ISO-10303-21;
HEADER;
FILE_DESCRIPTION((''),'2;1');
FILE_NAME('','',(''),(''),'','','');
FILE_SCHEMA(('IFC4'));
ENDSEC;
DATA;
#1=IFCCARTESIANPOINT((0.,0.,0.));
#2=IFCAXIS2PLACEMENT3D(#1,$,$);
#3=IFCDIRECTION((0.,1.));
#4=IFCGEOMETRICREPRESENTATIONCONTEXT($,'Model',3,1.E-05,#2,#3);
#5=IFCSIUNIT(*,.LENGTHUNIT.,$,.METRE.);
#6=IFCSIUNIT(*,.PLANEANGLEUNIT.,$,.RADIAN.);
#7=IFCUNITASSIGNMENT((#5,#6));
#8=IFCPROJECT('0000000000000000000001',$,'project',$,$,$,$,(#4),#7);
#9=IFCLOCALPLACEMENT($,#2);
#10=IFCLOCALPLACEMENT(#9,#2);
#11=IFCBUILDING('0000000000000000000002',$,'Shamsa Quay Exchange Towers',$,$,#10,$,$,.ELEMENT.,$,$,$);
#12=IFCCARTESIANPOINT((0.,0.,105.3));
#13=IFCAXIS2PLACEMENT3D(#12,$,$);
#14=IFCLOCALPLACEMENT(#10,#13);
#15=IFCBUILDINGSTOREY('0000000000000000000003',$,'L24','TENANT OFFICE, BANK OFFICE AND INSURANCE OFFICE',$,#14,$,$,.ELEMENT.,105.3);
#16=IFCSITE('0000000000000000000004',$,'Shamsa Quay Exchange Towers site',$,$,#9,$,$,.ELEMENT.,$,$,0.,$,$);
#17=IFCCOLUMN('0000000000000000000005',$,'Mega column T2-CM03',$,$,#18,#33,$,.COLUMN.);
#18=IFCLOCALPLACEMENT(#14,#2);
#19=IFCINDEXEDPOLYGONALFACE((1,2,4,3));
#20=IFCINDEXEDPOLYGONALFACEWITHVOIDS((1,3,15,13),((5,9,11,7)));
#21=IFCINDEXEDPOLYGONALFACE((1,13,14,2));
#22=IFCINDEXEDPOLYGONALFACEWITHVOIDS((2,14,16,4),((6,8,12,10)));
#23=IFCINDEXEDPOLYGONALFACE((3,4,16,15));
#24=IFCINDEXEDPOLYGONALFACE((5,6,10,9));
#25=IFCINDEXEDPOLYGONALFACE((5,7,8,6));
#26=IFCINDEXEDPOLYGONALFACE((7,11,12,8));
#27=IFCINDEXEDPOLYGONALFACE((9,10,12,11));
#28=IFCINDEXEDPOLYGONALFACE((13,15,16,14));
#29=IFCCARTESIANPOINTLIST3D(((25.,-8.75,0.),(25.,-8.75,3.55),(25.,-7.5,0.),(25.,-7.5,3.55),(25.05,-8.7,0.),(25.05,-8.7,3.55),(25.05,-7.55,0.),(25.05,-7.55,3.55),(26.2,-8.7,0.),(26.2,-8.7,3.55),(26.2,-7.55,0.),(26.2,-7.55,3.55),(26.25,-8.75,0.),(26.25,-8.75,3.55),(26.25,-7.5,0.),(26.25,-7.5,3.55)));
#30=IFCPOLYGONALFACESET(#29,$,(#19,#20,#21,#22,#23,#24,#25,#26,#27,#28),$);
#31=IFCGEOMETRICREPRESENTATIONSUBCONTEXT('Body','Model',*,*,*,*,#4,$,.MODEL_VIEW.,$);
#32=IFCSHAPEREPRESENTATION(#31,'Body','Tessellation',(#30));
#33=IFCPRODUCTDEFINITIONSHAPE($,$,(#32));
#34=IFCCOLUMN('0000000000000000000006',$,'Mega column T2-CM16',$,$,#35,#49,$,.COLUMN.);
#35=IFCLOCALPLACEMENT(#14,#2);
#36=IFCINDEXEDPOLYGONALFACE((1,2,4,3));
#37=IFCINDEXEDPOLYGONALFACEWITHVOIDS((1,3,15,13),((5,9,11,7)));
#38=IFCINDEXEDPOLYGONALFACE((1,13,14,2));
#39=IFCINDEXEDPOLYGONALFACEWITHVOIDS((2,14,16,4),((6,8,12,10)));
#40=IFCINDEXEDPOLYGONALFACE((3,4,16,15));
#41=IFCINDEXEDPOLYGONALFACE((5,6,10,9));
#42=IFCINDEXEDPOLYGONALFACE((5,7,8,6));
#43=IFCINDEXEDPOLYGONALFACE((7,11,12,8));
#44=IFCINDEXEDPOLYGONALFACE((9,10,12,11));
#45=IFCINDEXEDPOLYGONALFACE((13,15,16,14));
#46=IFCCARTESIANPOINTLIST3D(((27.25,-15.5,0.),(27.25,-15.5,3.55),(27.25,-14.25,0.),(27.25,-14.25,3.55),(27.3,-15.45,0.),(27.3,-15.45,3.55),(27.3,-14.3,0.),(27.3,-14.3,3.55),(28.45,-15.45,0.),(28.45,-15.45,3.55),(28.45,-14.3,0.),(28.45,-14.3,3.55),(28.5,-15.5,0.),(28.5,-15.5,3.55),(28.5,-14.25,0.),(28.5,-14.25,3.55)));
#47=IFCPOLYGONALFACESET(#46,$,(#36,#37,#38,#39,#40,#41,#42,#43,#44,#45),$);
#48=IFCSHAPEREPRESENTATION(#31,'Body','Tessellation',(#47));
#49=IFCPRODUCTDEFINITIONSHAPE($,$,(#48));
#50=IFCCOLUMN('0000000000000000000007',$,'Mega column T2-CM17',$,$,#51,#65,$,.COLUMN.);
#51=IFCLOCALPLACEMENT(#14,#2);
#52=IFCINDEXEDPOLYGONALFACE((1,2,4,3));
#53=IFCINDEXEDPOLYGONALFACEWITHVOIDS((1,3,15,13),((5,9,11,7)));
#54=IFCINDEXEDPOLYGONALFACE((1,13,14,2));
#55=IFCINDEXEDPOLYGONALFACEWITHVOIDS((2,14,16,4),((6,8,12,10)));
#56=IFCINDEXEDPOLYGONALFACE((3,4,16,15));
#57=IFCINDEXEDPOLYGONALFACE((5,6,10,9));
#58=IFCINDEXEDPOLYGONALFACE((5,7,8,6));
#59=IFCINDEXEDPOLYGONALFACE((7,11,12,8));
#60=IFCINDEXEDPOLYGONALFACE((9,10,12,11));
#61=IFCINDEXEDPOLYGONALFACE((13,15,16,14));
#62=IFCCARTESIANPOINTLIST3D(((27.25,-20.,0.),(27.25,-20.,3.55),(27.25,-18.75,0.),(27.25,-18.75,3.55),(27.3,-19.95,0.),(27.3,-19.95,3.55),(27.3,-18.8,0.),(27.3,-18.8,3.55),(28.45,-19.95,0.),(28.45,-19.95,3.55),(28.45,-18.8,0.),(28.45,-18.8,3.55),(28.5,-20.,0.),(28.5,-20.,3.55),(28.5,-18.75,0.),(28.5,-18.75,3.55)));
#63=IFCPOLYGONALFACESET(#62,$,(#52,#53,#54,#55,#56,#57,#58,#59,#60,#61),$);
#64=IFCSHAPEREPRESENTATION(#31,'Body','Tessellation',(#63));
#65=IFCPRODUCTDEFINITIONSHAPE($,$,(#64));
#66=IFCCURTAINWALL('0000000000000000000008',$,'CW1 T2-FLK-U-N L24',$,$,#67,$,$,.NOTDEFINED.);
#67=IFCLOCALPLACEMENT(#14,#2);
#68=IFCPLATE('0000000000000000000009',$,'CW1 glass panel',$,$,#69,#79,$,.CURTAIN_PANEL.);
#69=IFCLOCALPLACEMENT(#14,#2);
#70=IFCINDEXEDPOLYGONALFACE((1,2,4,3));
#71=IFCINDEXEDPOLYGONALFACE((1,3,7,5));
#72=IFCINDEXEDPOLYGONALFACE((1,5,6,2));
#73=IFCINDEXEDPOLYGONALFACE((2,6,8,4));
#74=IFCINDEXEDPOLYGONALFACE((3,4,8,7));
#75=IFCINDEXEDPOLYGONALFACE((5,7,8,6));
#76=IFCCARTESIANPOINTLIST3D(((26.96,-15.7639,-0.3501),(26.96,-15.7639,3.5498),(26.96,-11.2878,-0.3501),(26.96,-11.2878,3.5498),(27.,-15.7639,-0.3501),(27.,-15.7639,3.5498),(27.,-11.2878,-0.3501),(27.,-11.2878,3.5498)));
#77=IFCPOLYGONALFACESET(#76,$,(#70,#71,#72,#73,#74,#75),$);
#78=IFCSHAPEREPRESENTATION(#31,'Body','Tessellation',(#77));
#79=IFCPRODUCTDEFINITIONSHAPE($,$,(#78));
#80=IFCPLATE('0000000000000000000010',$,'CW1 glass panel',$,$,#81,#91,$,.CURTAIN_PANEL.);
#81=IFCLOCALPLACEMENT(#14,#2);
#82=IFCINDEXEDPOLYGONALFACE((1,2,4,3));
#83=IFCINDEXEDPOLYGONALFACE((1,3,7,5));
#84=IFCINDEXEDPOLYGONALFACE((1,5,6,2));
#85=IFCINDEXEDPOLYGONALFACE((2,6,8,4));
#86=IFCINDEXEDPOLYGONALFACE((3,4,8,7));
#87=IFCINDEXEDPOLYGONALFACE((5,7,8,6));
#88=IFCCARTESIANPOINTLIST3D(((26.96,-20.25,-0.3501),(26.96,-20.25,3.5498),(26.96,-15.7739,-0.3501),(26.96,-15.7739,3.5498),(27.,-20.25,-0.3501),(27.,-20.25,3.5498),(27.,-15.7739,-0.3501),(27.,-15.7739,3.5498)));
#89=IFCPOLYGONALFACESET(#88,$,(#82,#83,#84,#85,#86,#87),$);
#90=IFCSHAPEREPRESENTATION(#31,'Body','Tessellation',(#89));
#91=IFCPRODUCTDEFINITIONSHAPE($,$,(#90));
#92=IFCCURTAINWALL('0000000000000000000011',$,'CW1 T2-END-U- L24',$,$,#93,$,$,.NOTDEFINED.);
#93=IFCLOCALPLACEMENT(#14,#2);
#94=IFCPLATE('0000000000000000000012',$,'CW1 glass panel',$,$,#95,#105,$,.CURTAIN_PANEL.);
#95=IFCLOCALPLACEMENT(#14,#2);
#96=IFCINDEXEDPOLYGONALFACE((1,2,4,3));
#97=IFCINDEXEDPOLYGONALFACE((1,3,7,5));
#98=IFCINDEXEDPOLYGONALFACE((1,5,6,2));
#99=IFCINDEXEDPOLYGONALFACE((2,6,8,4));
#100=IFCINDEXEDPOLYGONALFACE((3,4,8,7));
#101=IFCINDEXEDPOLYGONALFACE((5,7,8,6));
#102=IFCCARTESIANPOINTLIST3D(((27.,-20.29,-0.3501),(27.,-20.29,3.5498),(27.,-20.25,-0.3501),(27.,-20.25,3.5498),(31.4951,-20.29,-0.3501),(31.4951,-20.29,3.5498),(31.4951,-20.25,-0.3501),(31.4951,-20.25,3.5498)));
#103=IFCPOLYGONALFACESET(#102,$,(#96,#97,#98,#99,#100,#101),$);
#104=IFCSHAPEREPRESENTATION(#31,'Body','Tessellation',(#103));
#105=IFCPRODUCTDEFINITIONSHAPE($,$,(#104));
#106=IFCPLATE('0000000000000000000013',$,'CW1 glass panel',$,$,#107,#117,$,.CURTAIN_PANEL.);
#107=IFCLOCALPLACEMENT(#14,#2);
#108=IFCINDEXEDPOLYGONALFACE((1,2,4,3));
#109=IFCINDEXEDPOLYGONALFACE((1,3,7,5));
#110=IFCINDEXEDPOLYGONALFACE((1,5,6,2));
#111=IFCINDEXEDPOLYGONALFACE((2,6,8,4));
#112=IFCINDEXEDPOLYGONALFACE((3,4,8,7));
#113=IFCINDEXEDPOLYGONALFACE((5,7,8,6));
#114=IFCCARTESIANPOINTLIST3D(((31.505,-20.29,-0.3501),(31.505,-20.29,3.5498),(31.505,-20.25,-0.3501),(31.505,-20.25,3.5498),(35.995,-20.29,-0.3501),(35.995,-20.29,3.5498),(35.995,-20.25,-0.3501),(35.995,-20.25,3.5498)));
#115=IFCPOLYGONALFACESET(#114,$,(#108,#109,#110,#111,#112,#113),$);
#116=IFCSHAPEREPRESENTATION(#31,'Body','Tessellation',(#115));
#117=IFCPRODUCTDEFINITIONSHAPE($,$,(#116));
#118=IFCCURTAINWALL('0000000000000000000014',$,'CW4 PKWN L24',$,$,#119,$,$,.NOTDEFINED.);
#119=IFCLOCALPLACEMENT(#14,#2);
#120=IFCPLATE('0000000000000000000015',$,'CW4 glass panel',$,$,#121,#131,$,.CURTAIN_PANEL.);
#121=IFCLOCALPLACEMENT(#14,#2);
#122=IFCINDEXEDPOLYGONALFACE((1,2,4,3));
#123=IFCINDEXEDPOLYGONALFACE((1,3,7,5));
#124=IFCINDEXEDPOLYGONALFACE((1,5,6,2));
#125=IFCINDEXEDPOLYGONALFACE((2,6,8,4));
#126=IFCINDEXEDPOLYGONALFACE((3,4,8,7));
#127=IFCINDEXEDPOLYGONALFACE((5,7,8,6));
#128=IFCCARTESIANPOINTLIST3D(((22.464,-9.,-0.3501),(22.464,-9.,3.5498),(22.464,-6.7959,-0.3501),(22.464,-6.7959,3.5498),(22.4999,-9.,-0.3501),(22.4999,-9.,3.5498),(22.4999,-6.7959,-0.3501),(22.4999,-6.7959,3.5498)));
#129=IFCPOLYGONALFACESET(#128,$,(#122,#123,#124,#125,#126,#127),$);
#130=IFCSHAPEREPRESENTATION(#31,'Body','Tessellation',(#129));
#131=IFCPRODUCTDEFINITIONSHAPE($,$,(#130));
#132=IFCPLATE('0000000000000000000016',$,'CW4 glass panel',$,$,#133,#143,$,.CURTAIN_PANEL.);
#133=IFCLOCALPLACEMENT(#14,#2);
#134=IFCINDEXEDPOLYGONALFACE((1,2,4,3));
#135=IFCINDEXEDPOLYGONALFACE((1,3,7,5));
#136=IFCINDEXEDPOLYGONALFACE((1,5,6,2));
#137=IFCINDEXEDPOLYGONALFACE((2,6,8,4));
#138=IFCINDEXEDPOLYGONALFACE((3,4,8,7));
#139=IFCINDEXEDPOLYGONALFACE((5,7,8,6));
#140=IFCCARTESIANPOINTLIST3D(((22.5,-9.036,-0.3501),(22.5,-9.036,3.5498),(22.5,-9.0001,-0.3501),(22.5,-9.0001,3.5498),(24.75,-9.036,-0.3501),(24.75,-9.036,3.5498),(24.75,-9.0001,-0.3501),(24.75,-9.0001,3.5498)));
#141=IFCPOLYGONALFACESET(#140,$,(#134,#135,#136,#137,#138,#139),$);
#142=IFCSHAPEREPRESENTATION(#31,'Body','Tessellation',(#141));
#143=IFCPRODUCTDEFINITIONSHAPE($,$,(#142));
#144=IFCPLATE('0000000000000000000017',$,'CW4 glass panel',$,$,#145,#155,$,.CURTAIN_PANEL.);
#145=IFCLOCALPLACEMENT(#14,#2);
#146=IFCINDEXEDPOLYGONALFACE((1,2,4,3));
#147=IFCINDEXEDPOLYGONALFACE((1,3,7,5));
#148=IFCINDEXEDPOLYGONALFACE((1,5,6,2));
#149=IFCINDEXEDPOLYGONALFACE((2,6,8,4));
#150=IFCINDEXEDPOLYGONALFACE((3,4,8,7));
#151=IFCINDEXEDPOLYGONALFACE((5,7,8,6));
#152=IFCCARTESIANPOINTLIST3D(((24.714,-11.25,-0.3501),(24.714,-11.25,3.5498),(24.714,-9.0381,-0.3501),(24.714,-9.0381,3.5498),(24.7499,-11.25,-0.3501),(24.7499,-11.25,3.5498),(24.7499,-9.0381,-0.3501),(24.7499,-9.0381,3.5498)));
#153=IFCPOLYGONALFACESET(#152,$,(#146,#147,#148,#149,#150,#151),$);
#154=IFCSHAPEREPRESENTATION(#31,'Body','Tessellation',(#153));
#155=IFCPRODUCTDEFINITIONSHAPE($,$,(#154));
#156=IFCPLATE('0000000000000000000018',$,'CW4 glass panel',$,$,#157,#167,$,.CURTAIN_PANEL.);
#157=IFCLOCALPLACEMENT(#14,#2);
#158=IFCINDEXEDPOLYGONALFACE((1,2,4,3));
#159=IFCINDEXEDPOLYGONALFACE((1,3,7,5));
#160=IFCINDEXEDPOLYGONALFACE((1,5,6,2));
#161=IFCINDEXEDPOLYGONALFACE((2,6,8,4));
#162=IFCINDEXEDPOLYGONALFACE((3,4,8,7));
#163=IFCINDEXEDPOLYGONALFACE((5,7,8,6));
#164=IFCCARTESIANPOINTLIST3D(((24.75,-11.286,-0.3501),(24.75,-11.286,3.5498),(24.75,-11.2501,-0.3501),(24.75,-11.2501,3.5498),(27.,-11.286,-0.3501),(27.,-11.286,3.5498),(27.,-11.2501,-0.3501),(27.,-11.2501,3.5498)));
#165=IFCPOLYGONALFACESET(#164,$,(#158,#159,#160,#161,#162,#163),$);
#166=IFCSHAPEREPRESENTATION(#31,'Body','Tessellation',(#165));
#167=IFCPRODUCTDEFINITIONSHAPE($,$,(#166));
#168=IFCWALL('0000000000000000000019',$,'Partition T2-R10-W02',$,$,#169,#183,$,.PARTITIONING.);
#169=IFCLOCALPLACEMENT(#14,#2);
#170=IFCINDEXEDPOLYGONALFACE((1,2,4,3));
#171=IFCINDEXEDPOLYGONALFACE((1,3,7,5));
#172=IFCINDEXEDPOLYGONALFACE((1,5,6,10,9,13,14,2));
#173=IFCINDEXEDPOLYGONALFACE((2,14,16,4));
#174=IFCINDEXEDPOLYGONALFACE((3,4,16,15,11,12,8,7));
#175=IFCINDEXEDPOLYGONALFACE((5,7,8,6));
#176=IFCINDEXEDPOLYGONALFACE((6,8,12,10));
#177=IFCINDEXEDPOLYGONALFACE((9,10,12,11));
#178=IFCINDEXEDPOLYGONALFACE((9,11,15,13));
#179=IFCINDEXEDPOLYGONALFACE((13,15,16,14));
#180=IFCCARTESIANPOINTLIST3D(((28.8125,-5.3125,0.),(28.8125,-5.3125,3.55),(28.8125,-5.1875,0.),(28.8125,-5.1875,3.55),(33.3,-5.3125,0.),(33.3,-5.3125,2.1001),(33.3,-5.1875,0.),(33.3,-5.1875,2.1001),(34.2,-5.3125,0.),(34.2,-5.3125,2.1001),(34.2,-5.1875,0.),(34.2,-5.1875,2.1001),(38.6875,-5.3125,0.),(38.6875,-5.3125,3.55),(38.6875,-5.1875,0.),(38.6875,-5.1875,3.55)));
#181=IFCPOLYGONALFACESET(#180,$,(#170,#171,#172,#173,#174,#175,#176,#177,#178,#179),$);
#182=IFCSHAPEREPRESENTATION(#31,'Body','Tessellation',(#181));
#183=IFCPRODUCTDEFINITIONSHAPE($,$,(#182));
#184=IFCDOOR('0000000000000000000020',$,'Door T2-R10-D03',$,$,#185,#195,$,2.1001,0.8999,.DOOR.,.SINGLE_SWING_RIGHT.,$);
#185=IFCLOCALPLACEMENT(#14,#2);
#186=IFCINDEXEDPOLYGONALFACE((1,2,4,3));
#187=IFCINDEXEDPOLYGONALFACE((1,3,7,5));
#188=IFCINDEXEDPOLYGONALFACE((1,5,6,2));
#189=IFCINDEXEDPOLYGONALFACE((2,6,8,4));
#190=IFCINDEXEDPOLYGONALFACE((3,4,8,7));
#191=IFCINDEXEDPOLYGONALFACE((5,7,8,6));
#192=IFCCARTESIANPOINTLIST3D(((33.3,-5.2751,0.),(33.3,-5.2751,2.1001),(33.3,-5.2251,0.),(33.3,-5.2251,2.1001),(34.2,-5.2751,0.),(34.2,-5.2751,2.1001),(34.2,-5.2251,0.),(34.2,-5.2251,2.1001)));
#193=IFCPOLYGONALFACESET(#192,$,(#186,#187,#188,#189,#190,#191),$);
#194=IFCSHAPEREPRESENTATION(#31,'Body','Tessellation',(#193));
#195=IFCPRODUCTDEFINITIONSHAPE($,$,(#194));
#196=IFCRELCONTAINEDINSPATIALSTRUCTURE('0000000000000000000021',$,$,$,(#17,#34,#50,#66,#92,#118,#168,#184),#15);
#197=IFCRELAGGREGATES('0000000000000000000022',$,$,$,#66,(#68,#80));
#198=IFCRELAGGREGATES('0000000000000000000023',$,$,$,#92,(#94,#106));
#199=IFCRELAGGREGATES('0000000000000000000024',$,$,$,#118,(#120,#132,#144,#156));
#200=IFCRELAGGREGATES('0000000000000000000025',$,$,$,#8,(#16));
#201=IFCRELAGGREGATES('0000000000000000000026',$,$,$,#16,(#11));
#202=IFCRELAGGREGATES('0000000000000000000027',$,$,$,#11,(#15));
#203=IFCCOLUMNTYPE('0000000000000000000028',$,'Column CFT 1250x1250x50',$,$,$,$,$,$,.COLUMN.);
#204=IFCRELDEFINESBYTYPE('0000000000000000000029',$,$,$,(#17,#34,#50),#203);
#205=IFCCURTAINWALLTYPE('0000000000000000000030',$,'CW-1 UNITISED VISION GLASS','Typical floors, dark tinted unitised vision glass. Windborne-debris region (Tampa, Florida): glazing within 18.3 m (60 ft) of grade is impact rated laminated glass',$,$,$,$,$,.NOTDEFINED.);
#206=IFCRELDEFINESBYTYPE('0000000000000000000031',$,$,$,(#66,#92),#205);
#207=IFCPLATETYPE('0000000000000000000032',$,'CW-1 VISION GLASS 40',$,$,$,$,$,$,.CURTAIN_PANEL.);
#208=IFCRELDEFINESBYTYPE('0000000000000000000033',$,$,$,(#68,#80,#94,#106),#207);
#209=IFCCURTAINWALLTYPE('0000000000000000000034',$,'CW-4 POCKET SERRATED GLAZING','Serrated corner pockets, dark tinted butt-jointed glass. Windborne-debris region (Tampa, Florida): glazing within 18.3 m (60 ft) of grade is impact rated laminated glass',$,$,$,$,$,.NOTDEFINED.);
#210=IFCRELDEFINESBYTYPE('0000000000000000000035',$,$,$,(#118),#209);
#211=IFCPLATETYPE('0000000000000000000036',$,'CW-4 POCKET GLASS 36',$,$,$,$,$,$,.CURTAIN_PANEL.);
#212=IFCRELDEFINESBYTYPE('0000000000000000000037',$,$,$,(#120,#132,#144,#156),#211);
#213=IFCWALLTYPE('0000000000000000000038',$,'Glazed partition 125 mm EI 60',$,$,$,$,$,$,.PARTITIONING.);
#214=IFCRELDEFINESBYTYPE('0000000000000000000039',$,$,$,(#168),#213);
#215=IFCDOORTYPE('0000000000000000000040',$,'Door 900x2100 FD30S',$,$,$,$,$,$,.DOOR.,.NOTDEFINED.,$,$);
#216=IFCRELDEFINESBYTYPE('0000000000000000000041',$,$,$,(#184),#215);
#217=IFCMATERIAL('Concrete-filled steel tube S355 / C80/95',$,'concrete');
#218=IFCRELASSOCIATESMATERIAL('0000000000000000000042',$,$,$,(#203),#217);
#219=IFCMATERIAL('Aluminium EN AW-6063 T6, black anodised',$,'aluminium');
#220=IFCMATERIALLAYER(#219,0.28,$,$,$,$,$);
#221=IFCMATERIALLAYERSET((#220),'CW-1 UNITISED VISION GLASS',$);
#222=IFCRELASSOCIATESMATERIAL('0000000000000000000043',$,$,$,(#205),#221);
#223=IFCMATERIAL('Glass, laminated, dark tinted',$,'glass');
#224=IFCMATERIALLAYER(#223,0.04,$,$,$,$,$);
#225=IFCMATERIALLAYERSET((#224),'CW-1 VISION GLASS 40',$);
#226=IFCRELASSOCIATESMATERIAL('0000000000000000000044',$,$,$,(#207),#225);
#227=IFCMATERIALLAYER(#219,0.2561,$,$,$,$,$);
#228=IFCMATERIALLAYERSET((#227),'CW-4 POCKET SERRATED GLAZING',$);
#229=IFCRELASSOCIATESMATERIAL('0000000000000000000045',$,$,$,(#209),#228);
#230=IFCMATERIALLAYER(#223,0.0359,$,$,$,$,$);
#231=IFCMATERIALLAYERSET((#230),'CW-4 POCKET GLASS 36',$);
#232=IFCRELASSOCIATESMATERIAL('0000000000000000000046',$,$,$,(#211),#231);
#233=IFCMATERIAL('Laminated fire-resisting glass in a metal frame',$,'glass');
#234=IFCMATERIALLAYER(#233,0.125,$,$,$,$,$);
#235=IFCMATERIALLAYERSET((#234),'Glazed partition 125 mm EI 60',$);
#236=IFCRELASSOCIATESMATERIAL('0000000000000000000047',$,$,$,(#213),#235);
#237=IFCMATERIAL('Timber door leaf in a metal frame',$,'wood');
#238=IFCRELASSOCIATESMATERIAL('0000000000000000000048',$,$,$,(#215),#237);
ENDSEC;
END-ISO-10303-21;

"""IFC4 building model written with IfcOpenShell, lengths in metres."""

from ifc_helpers import new_model, si_unit, direction, frame, frame_2d, origin, origin_2d, place, context, subcontext, project, spatial, rectangle, hollow_rectangle, extrude, material, layer, layer_set, material_profile, profile_set, type_object, element, fill, aggregate, save


model = new_model("IFC4")

# Units and contexts
model_context = context("Model", 3, precision=1e-05, world=origin(), true_north=direction((0.0, 1.0)))
body_context = subcontext(model_context, "Body", "Model", "MODEL_VIEW")
ifc_project = project(units=[si_unit("LENGTHUNIT", "METRE"), si_unit("PLANEANGLEUNIT", "RADIAN")], contexts=[model_context])

# Site, building, storey
site_placement = place(None, origin())
site = spatial("IfcSite", under=ifc_project, at=site_placement, Name="Shamsa Quay Exchange Towers site", CompositionType="ELEMENT", RefElevation=0.0)
building_placement = place(site_placement, origin())
building = spatial("IfcBuilding", under=site, at=building_placement, Name="Shamsa Quay Exchange Towers", CompositionType="ELEMENT")
storey_placement = place(building_placement, frame((0.0, 0.0, 105.3)))
storey = spatial("IfcBuildingStorey", under=building, at=storey_placement, Name="L24", Description="TENANT OFFICE, BANK OFFICE AND INSURANCE OFFICE", CompositionType="ELEMENT", Elevation=105.3)

# Columns
ifc_material_1 = material(Name="Concrete-filled steel tube S355 / C80/95", Category="concrete")
ifc_material_profile_1 = material_profile(ifc_material_1, hollow_rectangle(XDim=1.25, YDim=1.25, WallThickness=0.05, at=origin_2d()), Name="CFT 1250x1250x50")
ifc_profile_set_1 = profile_set([ifc_material_profile_1], Name="Concrete-filled steel tube S355 / C80/95")
column_type = type_object("IfcColumnType", Name="Column CFT 1250x1250x50", PredefinedType="COLUMN", material=ifc_profile_set_1)
for number, where, name in (
    (1, (25.625, -8.125, 0.0), "Mega column T2-CM03"),
    (2, (27.875, -14.875, 0.0), "Mega column T2-CM16"),
    (3, (27.875, -19.375, 0.0), "Mega column T2-CM17"),
):
    element("IfcColumn", number, at=place(storey_placement, frame(where)), inside=storey, type_object=column_type, Name=name, PredefinedType="COLUMN", context=body_context, shape_type="SweptSolid", body=[
        extrude(hollow_rectangle(XDim=1.25, YDim=1.25, WallThickness=0.05, at=origin_2d()), origin(), (0.0, 0.0, 1.0), 3.55),
    ])

# Curtain walls, plates
ifc_material_2 = material(Name="Aluminium EN AW-6063 T6, black anodised", Category="aluminium")
ifc_layer_1 = layer(ifc_material_2, 0.28)
ifc_layer_set_1 = layer_set([ifc_layer_1], Name="CW-1 UNITISED VISION GLASS")
curtain_wall_type_1 = type_object("IfcCurtainWallType", Name="CW-1 UNITISED VISION GLASS", Description="Typical floors, dark tinted unitised vision glass. Windborne-debris region (Tampa, Florida): glazing within 18.3 m (60 ft) of grade is impact rated laminated glass", PredefinedType="NOTDEFINED", material=ifc_layer_set_1)
curtain_wall_1_placement = place(storey_placement, origin())
curtain_wall_1 = element("IfcCurtainWall", 4, at=curtain_wall_1_placement, inside=storey, type_object=curtain_wall_type_1, Name="CW1 T2-FLK-U-N L24", PredefinedType="NOTDEFINED")
ifc_material_3 = material(Name="Glass, laminated, dark tinted", Category="glass")
ifc_layer_2 = layer(ifc_material_3, 0.04)
ifc_layer_set_2 = layer_set([ifc_layer_2], Name="CW-1 VISION GLASS 40")
plate_type_1 = type_object("IfcPlateType", Name="CW-1 VISION GLASS 40", PredefinedType="CURTAIN_PANEL", material=ifc_layer_set_2)
plate_1_placement = place(storey_placement, frame((26.98, -13.5259, -0.3501), z_axis=(0.0, 0.0, 1.0), x_axis=(0.0, -1.0, 0.0)))
plate_1 = element("IfcPlate", 5, at=plate_1_placement, type_object=plate_type_1, Name="CW1 glass panel", PredefinedType="CURTAIN_PANEL", context=body_context, shape_type="SweptSolid", body=[
    extrude(rectangle(XDim=4.4761, YDim=0.04, at=origin_2d()), origin(), (0.0, 0.0, 1.0), 3.8999),
])
plate_2_placement = place(storey_placement, frame((26.98, -18.012, -0.3501), z_axis=(0.0, 0.0, 1.0), x_axis=(0.0, -1.0, 0.0)))
plate_2 = element("IfcPlate", 6, at=plate_2_placement, type_object=plate_type_1, Name="CW1 glass panel", PredefinedType="CURTAIN_PANEL", context=body_context, shape_type="SweptSolid", body=[
    extrude(rectangle(XDim=4.4761, YDim=0.04, at=origin_2d()), origin(), (0.0, 0.0, 1.0), 3.8999),
])
aggregate(curtain_wall_1, [plate_1, plate_2])
curtain_wall_2_placement = place(storey_placement, origin())
curtain_wall_2 = element("IfcCurtainWall", 7, at=curtain_wall_2_placement, inside=storey, type_object=curtain_wall_type_1, Name="CW1 T2-END-U- L24", PredefinedType="NOTDEFINED")
plate_3_placement = place(storey_placement, frame((29.2476, -20.27, -0.3501)))
plate_3 = element("IfcPlate", 8, at=plate_3_placement, type_object=plate_type_1, Name="CW1 glass panel", PredefinedType="CURTAIN_PANEL", context=body_context, shape_type="SweptSolid", body=[
    extrude(rectangle(XDim=4.4951, YDim=0.04, at=origin_2d()), origin(), (0.0, 0.0, 1.0), 3.8999),
])
plate_4_placement = place(storey_placement, frame((33.75, -20.27, -0.3501)))
plate_4 = element("IfcPlate", 9, at=plate_4_placement, type_object=plate_type_1, Name="CW1 glass panel", PredefinedType="CURTAIN_PANEL", context=body_context, shape_type="SweptSolid", body=[
    extrude(rectangle(XDim=4.49, YDim=0.04, at=origin_2d()), origin(), (0.0, 0.0, 1.0), 3.8999),
])
aggregate(curtain_wall_2, [plate_3, plate_4])
ifc_layer_3 = layer(ifc_material_2, 0.2561)
ifc_layer_set_3 = layer_set([ifc_layer_3], Name="CW-4 POCKET SERRATED GLAZING")
curtain_wall_type_2 = type_object("IfcCurtainWallType", Name="CW-4 POCKET SERRATED GLAZING", Description="Serrated corner pockets, dark tinted butt-jointed glass. Windborne-debris region (Tampa, Florida): glazing within 18.3 m (60 ft) of grade is impact rated laminated glass", PredefinedType="NOTDEFINED", material=ifc_layer_set_3)
curtain_wall_3_placement = place(storey_placement, origin())
curtain_wall_3 = element("IfcCurtainWall", 10, at=curtain_wall_3_placement, inside=storey, type_object=curtain_wall_type_2, Name="CW4 PKWN L24", PredefinedType="NOTDEFINED")
ifc_layer_4 = layer(ifc_material_3, 0.0359)
ifc_layer_set_4 = layer_set([ifc_layer_4], Name="CW-4 POCKET GLASS 36")
plate_type_2 = type_object("IfcPlateType", Name="CW-4 POCKET GLASS 36", PredefinedType="CURTAIN_PANEL", material=ifc_layer_set_4)
plate_5_placement = place(storey_placement, frame((22.4819, -7.8979, -0.3501), z_axis=(0.0, 0.0, 1.0), x_axis=(0.0, -1.0, 0.0)))
plate_5 = element("IfcPlate", 11, at=plate_5_placement, type_object=plate_type_2, Name="CW4 glass panel", PredefinedType="CURTAIN_PANEL", context=body_context, shape_type="SweptSolid", body=[
    extrude(rectangle(XDim=2.2041, YDim=0.0359, at=origin_2d()), origin(), (0.0, 0.0, 1.0), 3.8999),
])
plate_6_placement = place(storey_placement, frame((23.625, -9.0181, -0.3501)))
plate_6 = element("IfcPlate", 12, at=plate_6_placement, type_object=plate_type_2, Name="CW4 glass panel", PredefinedType="CURTAIN_PANEL", context=body_context, shape_type="SweptSolid", body=[
    extrude(rectangle(XDim=2.25, YDim=0.0359, at=origin_2d()), origin(), (0.0, 0.0, 1.0), 3.8999),
])
plate_7_placement = place(storey_placement, frame((24.7319, -10.144, -0.3501), z_axis=(0.0, 0.0, 1.0), x_axis=(0.0, -1.0, 0.0)))
plate_7 = element("IfcPlate", 13, at=plate_7_placement, type_object=plate_type_2, Name="CW4 glass panel", PredefinedType="CURTAIN_PANEL", context=body_context, shape_type="SweptSolid", body=[
    extrude(rectangle(XDim=2.2119, YDim=0.0359, at=origin_2d()), origin(), (0.0, 0.0, 1.0), 3.8999),
])
plate_8_placement = place(storey_placement, frame((25.875, -11.2681, -0.3501)))
plate_8 = element("IfcPlate", 14, at=plate_8_placement, type_object=plate_type_2, Name="CW4 glass panel", PredefinedType="CURTAIN_PANEL", context=body_context, shape_type="SweptSolid", body=[
    extrude(rectangle(XDim=2.25, YDim=0.0359, at=origin_2d()), origin(), (0.0, 0.0, 1.0), 3.8999),
])
aggregate(curtain_wall_3, [plate_5, plate_6, plate_7, plate_8])

# Wall, opening, door
ifc_material_4 = material(Name="Laminated fire-resisting glass in a metal frame", Category="glass")
ifc_layer_5 = layer(ifc_material_4, 0.125)
ifc_layer_set_5 = layer_set([ifc_layer_5], Name="Glazed partition 125 mm EI 60")
wall_type_1 = type_object("IfcWallType", Name="Glazed partition 125 mm EI 60", PredefinedType="PARTITIONING", material=ifc_layer_set_5)
wall_1_placement = place(storey_placement, frame((28.8125, -5.25, 0.0)))
wall_1 = element("IfcWall", 15, at=wall_1_placement, inside=storey, type_object=wall_type_1, Name="Partition T2-R10-W02", PredefinedType="PARTITIONING", context=body_context, shape_type="SweptSolid", body=[
    extrude(rectangle(XDim=9.875, YDim=0.125, at=frame_2d((4.9375, 0.0))), origin(), (0.0, 0.0, 1.0), 3.55),
])
opening_1_placement = place(wall_1_placement, frame((4.4875, 0.0, 0.0)))
opening_1 = element("IfcOpeningElement", 16, at=opening_1_placement, cuts=wall_1, PredefinedType="OPENING", context=body_context, shape_type="SweptSolid", body=[
    extrude(rectangle(XDim=0.8999, YDim=2.1001, at=frame_2d((0.45, 1.05))), frame((0.0, 0.0725, 0.0), z_axis=(0.0, -1.0, 0.0), x_axis=(1.0, 0.0, 0.0)), (0.0, 0.0, 1.0), 0.145),
])
ifc_material_5 = material(Name="Timber door leaf in a metal frame", Category="wood")
door_type_1 = type_object("IfcDoorType", Name="Door 900x2100 FD30S", OperationType="NOTDEFINED", PredefinedType="DOOR", material=ifc_material_5)
door_1_placement = place(opening_1_placement, origin())
door_1 = element("IfcDoor", 17, at=door_1_placement, inside=storey, type_object=door_type_1, Name="Door T2-R10-D03", OperationType="SINGLE_SWING_RIGHT", OverallHeight=2.1001, OverallWidth=0.8999, PredefinedType="DOOR", context=body_context, shape_type="SweptSolid", body=[
    extrude(rectangle(XDim=0.8999, YDim=2.1001, at=frame_2d((0.45, 1.05))), frame((0.0, 0.0249, 0.0), z_axis=(0.0, -1.0, 0.0), x_axis=(1.0, 0.0, 0.0)), (0.0, 0.0, 1.0), 0.05),
])
fill(opening_1, door_1)

save(model, "model.ifc")
